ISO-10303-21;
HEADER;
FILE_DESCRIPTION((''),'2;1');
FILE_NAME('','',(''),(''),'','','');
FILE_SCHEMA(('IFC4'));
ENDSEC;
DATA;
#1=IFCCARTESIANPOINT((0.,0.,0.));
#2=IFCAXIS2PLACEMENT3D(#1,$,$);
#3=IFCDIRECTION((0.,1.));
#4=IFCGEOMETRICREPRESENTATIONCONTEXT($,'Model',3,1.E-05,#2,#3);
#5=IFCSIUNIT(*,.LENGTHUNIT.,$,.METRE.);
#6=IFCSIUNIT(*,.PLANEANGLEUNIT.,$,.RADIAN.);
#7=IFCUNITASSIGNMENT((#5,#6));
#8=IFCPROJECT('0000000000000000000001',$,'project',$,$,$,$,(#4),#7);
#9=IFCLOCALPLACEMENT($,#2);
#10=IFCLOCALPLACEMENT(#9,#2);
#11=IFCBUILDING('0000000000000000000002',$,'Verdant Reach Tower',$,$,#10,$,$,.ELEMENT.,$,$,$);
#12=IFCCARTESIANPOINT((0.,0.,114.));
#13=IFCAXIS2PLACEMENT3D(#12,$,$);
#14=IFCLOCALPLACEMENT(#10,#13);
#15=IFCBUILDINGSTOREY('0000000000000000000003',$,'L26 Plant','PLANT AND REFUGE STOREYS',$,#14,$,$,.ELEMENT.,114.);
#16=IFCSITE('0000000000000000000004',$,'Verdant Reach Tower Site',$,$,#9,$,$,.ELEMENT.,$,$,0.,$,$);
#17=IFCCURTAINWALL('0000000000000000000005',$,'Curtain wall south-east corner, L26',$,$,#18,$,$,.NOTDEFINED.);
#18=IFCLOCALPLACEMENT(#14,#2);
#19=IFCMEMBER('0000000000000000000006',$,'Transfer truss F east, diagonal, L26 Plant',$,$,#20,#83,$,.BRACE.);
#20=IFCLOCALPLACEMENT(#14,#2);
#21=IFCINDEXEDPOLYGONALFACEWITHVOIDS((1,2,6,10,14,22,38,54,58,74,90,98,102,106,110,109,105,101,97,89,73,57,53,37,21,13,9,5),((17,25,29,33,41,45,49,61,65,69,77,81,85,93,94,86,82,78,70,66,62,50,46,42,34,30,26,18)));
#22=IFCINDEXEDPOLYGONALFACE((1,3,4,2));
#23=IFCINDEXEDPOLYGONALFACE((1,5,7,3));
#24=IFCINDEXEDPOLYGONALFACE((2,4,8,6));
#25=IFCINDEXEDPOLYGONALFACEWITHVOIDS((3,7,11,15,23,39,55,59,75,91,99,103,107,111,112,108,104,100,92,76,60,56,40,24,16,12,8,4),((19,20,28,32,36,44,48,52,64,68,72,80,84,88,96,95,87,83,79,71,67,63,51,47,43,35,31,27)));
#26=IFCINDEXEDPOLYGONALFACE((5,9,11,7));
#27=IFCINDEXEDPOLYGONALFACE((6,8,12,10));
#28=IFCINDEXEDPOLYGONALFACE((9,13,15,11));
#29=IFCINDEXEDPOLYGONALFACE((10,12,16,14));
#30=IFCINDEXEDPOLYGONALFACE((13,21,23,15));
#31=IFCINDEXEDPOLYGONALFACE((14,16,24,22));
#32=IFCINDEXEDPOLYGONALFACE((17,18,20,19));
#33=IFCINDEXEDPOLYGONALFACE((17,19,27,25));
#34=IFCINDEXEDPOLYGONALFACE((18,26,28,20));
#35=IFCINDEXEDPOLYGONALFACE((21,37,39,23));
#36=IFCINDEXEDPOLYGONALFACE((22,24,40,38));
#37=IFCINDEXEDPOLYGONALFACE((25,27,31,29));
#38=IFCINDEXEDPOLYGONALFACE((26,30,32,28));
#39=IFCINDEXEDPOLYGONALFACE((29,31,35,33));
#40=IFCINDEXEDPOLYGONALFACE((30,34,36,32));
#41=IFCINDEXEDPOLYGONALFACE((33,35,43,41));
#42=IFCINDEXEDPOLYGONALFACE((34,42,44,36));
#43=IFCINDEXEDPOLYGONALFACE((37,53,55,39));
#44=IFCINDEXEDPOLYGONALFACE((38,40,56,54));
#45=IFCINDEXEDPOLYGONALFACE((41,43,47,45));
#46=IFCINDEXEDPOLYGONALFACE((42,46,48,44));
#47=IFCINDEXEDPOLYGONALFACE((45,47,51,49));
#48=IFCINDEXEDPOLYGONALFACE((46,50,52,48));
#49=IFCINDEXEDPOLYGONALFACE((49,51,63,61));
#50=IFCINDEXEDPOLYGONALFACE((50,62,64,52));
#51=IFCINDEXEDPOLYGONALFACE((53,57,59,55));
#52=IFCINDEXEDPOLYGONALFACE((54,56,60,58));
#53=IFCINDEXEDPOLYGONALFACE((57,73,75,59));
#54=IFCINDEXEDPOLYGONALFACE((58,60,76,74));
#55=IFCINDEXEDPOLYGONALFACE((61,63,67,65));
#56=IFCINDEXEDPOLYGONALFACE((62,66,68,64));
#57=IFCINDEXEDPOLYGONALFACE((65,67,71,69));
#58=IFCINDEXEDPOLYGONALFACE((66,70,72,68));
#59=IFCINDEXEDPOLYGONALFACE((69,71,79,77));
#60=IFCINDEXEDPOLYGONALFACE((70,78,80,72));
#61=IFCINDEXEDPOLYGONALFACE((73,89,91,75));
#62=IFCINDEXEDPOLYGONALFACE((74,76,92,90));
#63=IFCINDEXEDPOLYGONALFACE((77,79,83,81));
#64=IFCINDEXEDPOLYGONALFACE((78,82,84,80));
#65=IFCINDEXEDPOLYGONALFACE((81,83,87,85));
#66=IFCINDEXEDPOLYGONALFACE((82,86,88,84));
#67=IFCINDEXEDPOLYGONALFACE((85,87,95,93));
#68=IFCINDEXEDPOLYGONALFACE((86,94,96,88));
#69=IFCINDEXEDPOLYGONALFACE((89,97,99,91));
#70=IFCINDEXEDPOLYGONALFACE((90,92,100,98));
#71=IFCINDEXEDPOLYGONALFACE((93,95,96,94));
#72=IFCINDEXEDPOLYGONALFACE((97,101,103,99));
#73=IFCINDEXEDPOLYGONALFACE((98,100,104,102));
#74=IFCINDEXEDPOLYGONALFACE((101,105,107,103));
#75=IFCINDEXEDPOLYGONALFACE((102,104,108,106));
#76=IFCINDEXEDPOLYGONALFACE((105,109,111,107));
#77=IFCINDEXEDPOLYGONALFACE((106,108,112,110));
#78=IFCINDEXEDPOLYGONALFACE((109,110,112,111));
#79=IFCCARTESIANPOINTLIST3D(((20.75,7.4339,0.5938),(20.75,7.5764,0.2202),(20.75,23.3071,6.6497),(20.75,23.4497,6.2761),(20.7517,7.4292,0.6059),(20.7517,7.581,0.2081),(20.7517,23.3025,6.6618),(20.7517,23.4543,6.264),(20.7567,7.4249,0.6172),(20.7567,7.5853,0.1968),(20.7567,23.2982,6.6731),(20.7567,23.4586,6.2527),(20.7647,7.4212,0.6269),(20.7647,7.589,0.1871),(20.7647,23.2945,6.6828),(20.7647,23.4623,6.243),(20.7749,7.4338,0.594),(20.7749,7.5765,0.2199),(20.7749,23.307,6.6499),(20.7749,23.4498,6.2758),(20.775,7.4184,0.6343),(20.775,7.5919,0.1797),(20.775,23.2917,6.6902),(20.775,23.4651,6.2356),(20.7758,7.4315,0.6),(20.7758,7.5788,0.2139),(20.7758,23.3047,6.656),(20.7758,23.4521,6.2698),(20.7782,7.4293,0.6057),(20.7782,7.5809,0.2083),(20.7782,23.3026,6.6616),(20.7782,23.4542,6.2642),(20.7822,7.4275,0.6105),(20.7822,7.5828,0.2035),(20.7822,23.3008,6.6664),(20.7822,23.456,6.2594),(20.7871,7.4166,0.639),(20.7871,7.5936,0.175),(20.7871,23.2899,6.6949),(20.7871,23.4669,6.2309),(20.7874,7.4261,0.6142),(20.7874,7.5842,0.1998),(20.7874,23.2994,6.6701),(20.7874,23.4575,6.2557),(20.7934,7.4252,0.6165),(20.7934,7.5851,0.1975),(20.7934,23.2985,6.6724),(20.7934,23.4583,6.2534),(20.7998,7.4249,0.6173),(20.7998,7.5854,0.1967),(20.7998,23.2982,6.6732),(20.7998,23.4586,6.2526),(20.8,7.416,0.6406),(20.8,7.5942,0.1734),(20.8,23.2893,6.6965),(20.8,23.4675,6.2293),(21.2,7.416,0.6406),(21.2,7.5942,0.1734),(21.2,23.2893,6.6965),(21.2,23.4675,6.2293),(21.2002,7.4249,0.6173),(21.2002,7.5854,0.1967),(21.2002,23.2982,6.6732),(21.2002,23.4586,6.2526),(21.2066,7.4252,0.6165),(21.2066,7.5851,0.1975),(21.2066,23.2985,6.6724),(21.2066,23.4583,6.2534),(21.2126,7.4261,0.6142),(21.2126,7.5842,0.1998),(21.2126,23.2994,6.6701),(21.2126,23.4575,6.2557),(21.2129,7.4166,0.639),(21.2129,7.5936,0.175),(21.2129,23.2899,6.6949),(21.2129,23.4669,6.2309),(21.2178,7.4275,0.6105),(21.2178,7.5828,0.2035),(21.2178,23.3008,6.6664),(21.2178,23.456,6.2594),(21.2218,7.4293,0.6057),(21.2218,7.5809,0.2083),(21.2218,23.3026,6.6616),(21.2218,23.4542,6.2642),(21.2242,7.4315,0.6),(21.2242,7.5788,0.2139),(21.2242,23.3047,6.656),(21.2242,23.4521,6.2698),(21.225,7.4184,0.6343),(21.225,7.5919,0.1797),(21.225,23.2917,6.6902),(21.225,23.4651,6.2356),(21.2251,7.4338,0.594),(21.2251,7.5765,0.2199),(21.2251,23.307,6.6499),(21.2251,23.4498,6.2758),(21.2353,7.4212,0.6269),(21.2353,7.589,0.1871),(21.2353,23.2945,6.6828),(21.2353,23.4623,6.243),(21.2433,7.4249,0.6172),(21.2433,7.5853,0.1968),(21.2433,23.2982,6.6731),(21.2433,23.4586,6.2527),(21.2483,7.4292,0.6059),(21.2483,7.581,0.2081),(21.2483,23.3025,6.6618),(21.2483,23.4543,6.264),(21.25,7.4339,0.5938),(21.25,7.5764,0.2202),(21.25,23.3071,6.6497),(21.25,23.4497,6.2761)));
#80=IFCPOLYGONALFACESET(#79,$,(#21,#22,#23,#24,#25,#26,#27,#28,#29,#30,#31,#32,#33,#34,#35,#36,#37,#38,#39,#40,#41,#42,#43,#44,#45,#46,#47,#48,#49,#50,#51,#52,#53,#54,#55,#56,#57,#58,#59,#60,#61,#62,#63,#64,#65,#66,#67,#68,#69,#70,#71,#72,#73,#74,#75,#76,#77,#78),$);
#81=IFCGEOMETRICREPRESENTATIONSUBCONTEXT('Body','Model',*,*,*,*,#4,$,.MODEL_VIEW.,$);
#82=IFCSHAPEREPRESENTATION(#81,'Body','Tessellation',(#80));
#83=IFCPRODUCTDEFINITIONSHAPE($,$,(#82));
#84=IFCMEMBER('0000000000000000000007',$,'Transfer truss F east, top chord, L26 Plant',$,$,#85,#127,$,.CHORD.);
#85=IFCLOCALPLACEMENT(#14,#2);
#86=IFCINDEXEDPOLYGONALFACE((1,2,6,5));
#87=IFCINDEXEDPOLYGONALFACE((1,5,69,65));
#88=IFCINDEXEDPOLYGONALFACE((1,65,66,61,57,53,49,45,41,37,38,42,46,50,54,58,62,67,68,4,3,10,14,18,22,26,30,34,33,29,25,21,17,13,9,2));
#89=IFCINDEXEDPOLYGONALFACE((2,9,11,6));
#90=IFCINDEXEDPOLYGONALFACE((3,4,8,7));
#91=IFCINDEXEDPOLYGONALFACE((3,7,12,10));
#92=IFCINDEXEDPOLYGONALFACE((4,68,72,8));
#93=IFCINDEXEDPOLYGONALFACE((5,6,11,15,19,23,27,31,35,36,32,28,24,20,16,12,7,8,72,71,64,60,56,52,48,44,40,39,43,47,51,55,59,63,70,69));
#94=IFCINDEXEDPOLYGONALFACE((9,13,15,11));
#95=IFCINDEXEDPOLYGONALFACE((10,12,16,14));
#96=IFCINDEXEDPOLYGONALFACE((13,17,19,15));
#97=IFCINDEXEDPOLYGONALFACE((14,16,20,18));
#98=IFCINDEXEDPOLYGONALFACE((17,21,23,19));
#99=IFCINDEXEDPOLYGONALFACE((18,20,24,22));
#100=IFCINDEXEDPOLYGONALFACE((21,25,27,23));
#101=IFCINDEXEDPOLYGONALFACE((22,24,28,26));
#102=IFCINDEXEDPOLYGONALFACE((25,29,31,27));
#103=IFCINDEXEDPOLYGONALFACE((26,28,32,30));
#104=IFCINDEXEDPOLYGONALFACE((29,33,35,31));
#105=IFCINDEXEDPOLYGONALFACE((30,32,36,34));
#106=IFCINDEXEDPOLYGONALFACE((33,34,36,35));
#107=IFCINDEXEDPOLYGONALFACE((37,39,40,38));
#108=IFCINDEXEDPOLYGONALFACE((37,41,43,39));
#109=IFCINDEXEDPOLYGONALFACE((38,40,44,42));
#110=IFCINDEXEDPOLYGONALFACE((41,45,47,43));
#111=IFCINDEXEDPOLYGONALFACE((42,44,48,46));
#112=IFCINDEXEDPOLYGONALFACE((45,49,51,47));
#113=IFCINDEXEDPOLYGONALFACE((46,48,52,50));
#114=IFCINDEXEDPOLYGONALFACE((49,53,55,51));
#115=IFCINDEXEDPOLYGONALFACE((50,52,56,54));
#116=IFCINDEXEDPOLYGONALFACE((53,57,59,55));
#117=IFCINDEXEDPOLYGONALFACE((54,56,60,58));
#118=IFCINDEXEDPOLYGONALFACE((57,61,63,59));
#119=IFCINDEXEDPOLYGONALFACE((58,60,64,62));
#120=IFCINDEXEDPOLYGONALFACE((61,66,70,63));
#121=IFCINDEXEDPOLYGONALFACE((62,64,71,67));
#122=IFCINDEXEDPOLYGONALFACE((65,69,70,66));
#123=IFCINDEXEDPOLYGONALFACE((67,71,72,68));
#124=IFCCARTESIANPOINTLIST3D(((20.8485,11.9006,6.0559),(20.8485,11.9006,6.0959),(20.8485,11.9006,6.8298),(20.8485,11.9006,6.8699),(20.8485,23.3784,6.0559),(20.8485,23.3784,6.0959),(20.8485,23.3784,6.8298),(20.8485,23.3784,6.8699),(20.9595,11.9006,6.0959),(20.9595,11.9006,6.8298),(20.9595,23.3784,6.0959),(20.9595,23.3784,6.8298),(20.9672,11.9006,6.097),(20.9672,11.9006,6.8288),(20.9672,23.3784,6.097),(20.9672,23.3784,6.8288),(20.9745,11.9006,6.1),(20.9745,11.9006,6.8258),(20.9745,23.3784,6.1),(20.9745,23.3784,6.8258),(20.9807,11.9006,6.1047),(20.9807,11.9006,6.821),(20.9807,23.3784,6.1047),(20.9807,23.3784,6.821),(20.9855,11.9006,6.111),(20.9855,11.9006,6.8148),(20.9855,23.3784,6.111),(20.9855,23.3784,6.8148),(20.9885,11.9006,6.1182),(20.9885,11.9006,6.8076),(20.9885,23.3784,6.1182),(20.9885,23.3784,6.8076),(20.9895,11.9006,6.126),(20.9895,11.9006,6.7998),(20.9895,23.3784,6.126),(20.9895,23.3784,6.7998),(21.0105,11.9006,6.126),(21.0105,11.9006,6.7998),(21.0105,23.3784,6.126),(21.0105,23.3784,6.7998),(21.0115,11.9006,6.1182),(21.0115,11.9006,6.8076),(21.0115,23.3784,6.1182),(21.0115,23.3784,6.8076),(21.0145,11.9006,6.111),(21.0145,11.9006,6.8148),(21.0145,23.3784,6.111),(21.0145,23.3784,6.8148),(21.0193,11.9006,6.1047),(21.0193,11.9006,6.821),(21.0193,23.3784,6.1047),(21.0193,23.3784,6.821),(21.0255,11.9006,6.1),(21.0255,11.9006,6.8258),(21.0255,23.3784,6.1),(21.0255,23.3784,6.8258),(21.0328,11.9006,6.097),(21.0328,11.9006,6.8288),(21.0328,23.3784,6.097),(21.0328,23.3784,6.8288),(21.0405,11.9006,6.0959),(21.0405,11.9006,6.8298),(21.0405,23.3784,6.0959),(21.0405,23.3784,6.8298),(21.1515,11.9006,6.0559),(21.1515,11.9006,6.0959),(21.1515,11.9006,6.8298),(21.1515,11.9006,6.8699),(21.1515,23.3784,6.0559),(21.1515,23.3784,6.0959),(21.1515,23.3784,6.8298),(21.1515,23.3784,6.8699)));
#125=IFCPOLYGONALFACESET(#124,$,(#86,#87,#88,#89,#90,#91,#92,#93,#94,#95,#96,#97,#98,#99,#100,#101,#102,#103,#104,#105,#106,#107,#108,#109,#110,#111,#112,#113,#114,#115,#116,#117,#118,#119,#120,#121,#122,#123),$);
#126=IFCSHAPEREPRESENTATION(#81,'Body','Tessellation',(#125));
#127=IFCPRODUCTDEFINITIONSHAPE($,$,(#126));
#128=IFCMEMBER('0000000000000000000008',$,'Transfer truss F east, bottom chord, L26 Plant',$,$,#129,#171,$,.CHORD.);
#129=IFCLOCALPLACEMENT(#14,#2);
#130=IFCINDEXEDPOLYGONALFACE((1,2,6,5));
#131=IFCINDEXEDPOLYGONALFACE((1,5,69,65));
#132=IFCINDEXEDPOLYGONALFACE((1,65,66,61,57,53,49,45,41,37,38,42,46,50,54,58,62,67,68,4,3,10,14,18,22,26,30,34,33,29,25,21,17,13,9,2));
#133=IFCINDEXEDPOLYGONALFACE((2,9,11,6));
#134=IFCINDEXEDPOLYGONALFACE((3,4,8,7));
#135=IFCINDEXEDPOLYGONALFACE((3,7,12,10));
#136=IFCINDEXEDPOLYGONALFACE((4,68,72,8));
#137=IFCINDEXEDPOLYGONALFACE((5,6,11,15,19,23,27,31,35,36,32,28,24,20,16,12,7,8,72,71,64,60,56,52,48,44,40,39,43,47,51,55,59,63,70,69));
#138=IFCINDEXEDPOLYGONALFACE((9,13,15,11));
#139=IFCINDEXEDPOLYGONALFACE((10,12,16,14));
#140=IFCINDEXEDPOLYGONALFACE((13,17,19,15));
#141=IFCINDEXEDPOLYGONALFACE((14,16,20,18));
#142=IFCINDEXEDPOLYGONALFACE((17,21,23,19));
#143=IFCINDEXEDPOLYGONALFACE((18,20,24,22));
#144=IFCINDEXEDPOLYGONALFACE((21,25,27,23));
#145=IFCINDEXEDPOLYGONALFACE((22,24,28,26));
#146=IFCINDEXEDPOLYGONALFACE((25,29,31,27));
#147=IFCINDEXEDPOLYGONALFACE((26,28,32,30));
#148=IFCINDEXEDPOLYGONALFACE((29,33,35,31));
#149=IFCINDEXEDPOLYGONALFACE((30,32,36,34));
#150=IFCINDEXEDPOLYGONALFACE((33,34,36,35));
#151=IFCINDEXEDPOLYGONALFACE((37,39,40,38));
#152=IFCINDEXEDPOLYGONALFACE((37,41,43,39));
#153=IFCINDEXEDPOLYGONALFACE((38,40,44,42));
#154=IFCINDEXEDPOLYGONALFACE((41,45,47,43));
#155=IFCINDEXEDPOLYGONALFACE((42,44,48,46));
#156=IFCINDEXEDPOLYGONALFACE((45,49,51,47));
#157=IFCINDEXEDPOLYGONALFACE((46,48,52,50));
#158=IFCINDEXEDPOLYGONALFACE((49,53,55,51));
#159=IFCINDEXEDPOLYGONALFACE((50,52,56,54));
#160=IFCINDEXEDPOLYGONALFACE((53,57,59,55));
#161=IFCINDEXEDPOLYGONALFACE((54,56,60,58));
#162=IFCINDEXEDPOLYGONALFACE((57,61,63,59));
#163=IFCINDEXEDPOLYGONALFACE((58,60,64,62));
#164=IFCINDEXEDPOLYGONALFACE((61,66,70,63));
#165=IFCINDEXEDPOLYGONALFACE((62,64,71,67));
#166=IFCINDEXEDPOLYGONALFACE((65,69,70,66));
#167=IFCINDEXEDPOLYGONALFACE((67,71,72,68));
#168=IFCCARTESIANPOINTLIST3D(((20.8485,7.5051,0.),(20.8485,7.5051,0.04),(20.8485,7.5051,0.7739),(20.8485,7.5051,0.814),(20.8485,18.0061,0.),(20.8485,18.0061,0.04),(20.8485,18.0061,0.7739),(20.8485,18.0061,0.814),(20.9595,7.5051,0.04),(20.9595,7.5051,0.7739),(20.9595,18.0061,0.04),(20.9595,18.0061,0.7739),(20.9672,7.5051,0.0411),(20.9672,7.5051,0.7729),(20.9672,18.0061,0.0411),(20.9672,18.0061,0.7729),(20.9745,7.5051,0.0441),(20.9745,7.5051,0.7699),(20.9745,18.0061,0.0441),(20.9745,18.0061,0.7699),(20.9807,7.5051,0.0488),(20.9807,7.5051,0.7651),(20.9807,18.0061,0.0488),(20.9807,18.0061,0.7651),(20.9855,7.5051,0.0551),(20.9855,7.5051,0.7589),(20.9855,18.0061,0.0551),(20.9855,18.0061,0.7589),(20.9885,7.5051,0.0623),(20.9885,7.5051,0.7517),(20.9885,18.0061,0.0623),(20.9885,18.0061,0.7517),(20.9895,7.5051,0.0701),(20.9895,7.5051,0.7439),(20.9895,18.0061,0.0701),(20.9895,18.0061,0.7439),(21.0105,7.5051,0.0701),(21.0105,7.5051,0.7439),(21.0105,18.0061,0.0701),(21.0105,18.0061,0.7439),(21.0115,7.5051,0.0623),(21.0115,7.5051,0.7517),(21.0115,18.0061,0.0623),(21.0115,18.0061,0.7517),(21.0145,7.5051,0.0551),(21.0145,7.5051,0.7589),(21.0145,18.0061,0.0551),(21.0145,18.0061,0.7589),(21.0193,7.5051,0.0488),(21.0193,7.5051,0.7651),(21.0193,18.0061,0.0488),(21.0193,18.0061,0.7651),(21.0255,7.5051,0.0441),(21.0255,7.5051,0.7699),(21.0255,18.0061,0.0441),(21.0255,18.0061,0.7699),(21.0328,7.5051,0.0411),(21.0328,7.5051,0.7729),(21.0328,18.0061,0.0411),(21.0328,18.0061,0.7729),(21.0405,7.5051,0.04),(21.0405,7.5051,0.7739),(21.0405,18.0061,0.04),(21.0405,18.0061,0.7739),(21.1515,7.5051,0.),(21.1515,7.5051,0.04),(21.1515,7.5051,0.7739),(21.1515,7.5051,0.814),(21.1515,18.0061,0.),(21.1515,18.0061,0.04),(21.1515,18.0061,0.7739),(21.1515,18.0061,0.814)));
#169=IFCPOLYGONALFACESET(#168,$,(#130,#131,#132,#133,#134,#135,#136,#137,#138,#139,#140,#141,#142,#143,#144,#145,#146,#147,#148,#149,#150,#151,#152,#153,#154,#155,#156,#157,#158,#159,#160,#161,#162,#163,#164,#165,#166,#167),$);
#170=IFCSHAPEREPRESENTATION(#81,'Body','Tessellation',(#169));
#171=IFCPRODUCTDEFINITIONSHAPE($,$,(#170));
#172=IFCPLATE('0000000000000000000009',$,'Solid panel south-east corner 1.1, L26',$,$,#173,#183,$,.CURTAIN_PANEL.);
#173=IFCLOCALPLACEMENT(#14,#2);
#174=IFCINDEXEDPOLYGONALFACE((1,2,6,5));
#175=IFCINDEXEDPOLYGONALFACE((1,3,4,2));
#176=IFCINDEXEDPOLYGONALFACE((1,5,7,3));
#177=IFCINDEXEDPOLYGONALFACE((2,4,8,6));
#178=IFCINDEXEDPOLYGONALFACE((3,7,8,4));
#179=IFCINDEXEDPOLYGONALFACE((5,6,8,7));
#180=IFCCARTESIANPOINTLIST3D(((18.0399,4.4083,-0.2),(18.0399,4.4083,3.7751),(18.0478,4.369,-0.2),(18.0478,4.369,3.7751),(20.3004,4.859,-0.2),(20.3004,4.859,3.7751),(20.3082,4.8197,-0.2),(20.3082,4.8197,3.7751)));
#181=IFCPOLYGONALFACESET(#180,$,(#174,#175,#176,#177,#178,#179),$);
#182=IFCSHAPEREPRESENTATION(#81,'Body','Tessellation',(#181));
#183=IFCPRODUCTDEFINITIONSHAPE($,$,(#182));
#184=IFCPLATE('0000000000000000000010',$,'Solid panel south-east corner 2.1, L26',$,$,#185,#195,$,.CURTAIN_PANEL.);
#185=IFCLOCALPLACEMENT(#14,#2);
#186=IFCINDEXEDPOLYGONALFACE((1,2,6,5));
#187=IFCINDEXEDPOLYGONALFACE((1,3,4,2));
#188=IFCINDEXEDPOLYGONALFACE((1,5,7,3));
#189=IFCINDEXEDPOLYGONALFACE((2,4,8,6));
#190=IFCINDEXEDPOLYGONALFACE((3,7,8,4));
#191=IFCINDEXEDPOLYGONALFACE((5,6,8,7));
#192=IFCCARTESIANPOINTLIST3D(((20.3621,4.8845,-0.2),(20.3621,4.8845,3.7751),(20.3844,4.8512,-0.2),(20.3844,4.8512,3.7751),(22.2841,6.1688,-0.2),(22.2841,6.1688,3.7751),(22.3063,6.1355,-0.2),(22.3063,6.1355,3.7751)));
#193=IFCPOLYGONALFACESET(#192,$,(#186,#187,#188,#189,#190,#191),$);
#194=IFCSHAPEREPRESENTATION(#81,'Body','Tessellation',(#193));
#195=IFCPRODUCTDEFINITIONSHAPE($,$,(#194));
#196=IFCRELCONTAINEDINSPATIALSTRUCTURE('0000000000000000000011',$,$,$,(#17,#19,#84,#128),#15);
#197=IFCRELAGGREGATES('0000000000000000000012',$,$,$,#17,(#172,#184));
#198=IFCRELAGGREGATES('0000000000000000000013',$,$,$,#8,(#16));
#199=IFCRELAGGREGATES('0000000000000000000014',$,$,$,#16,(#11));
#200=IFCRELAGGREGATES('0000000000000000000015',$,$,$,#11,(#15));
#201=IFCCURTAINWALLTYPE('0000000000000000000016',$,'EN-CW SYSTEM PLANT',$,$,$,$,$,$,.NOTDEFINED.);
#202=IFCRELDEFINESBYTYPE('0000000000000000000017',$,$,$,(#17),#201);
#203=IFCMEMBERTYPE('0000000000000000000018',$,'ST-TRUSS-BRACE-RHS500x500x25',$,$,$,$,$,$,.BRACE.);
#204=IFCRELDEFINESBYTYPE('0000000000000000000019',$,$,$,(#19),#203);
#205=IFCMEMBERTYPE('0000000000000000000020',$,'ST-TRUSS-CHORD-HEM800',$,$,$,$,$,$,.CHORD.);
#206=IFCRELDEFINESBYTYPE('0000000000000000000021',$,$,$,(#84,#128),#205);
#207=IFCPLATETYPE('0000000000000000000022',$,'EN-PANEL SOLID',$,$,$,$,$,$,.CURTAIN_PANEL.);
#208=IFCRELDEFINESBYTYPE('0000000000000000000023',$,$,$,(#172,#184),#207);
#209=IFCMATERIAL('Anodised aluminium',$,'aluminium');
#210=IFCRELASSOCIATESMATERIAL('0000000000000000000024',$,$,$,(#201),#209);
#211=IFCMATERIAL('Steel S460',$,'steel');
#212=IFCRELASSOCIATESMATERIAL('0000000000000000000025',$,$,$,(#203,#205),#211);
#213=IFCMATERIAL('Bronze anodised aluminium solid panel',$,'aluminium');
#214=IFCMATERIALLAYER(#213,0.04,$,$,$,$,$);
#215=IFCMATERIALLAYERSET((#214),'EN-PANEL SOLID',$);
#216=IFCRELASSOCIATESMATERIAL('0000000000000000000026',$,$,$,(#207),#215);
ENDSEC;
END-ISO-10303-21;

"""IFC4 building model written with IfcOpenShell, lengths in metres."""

from ifc_helpers import new_model, si_unit, direction, frame, origin, origin_2d, place, context, subcontext, project, spatial, rectangle, hollow_rectangle, i_section, extrude, material, layer, layer_set, material_profile, profile_set, type_object, element, aggregate, save


model = new_model("IFC4")

# Units and contexts
model_context = context("Model", 3, precision=1e-05, world=origin(), true_north=direction((0.0, 1.0)))
body_context = subcontext(model_context, "Body", "Model", "MODEL_VIEW")
ifc_project = project(units=[si_unit("LENGTHUNIT", "METRE"), si_unit("PLANEANGLEUNIT", "RADIAN")], contexts=[model_context])

# Site, building, storey
site_placement = place(None, origin())
site = spatial("IfcSite", under=ifc_project, at=site_placement, Name="Verdant Reach Tower Site", CompositionType="ELEMENT", RefElevation=0.0)
building_placement = place(site_placement, origin())
building = spatial("IfcBuilding", under=site, at=building_placement, Name="Verdant Reach Tower", CompositionType="ELEMENT")
storey_placement = place(building_placement, frame((0.0, 0.0, 114.0)))
storey = spatial("IfcBuildingStorey", under=building, at=storey_placement, Name="L26 Plant", Description="PLANT AND REFUGE STOREYS", CompositionType="ELEMENT", Elevation=114.0)

# Shared definitions
ifc_material_1 = material(Name="Steel S460", Category="steel")

# Curtain wall
ifc_material_2 = material(Name="Anodised aluminium", Category="aluminium")
curtain_wall_type = type_object("IfcCurtainWallType", Name="EN-CW SYSTEM PLANT", PredefinedType="NOTDEFINED", material=ifc_material_2)
curtain_wall_1_placement = place(storey_placement, origin())
curtain_wall_1 = element("IfcCurtainWall", 1, at=curtain_wall_1_placement, inside=storey, type_object=curtain_wall_type, Name="Curtain wall south-east corner, L26", PredefinedType="NOTDEFINED")

# Members
ifc_material_profile_1 = material_profile(ifc_material_1, hollow_rectangle(XDim=0.5, YDim=0.5, WallThickness=0.0249, InnerFilletRadius=0.0249, OuterFilletRadius=0.05, at=origin_2d()), Name="RHS 500x500x25")
ifc_profile_set_1 = profile_set([ifc_material_profile_1], Name="Steel S460")
member_type_1 = type_object("IfcMemberType", Name="ST-TRUSS-BRACE-RHS500x500x25", PredefinedType="BRACE", material=ifc_profile_set_1)
member_1_placement = place(storey_placement, frame((21.0, 7.5051, 0.407), z_axis=(0.0, 0.934313, 0.356455), x_axis=(-1.0, 0.0, 0.0)))
element("IfcMember", 2, at=member_1_placement, inside=storey, type_object=member_type_1, Name="Transfer truss F east, diagonal, L26 Plant", PredefinedType="BRACE", context=body_context, shape_type="SweptSolid", body=[
    extrude(hollow_rectangle(XDim=0.5, YDim=0.5, WallThickness=0.0249, InnerFilletRadius=0.0249, OuterFilletRadius=0.05, at=origin_2d()), origin(), (0.0, 0.0, 1.0), 16.9893),
])
ifc_material_profile_2 = material_profile(ifc_material_1, i_section(OverallWidth=0.303, OverallDepth=0.814, WebThickness=0.021, FlangeThickness=0.04, FilletRadius=0.03, at=origin_2d()), Name="HEM 800")
ifc_profile_set_2 = profile_set([ifc_material_profile_2], Name="Steel S460")
member_type_2 = type_object("IfcMemberType", Name="ST-TRUSS-CHORD-HEM800", PredefinedType="CHORD", material=ifc_profile_set_2)
member_2_placement = place(storey_placement, frame((21.0, 11.9006, 6.4629), z_axis=(0.0, 1.0, 0.0), x_axis=(-1.0, 0.0, 0.0)))
element("IfcMember", 3, at=member_2_placement, inside=storey, type_object=member_type_2, Name="Transfer truss F east, top chord, L26 Plant", PredefinedType="CHORD", context=body_context, shape_type="SweptSolid", body=[
    extrude(i_section(OverallWidth=0.303, OverallDepth=0.814, WebThickness=0.021, FlangeThickness=0.04, FilletRadius=0.03, at=origin_2d()), origin(), (0.0, 0.0, 1.0), 11.4778),
])
member_3_placement = place(storey_placement, frame((21.0, 7.5051, 0.407), z_axis=(0.0, 1.0, 0.0), x_axis=(-1.0, 0.0, 0.0)))
element("IfcMember", 4, at=member_3_placement, inside=storey, type_object=member_type_2, Name="Transfer truss F east, bottom chord, L26 Plant", PredefinedType="CHORD", context=body_context, shape_type="SweptSolid", body=[
    extrude(i_section(OverallWidth=0.303, OverallDepth=0.814, WebThickness=0.021, FlangeThickness=0.04, FilletRadius=0.03, at=origin_2d()), origin(), (0.0, 0.0, 1.0), 10.501),
])

# Plates
ifc_material_3 = material(Name="Bronze anodised aluminium solid panel", Category="aluminium")
ifc_layer_1 = layer(ifc_material_3, 0.04)
ifc_layer_set_1 = layer_set([ifc_layer_1], Name="EN-PANEL SOLID")
plate_type_1 = type_object("IfcPlateType", Name="EN-PANEL SOLID", PredefinedType="CURTAIN_PANEL", material=ifc_layer_set_1)
plate_1_placement = place(storey_placement, frame((19.1741, 4.614, -0.2), z_axis=(0.0, 0.0, 1.0), x_axis=(0.980695, 0.195545, 0.0)))
plate_1 = element("IfcPlate", 5, at=plate_1_placement, type_object=plate_type_1, Name="Solid panel south-east corner 1.1, L26", PredefinedType="CURTAIN_PANEL", context=body_context, shape_type="SweptSolid", body=[
    extrude(rectangle(XDim=2.3049, YDim=0.04, at=origin_2d()), origin(), (0.0, 0.0, 1.0), 3.9751),
])
plate_2_placement = place(storey_placement, frame((21.3342, 5.51, -0.2), z_axis=(0.0, 0.0, 1.0), x_axis=(0.831452, 0.555596, 0.0)))
plate_2 = element("IfcPlate", 6, at=plate_2_placement, type_object=plate_type_1, Name="Solid panel south-east corner 2.1, L26", PredefinedType="CURTAIN_PANEL", context=body_context, shape_type="SweptSolid", body=[
    extrude(rectangle(XDim=2.3115, YDim=0.04, at=origin_2d()), origin(), (0.0, 0.0, 1.0), 3.9751),
])

aggregate(curtain_wall_1, [plate_1, plate_2])

save(model, "model.ifc")
